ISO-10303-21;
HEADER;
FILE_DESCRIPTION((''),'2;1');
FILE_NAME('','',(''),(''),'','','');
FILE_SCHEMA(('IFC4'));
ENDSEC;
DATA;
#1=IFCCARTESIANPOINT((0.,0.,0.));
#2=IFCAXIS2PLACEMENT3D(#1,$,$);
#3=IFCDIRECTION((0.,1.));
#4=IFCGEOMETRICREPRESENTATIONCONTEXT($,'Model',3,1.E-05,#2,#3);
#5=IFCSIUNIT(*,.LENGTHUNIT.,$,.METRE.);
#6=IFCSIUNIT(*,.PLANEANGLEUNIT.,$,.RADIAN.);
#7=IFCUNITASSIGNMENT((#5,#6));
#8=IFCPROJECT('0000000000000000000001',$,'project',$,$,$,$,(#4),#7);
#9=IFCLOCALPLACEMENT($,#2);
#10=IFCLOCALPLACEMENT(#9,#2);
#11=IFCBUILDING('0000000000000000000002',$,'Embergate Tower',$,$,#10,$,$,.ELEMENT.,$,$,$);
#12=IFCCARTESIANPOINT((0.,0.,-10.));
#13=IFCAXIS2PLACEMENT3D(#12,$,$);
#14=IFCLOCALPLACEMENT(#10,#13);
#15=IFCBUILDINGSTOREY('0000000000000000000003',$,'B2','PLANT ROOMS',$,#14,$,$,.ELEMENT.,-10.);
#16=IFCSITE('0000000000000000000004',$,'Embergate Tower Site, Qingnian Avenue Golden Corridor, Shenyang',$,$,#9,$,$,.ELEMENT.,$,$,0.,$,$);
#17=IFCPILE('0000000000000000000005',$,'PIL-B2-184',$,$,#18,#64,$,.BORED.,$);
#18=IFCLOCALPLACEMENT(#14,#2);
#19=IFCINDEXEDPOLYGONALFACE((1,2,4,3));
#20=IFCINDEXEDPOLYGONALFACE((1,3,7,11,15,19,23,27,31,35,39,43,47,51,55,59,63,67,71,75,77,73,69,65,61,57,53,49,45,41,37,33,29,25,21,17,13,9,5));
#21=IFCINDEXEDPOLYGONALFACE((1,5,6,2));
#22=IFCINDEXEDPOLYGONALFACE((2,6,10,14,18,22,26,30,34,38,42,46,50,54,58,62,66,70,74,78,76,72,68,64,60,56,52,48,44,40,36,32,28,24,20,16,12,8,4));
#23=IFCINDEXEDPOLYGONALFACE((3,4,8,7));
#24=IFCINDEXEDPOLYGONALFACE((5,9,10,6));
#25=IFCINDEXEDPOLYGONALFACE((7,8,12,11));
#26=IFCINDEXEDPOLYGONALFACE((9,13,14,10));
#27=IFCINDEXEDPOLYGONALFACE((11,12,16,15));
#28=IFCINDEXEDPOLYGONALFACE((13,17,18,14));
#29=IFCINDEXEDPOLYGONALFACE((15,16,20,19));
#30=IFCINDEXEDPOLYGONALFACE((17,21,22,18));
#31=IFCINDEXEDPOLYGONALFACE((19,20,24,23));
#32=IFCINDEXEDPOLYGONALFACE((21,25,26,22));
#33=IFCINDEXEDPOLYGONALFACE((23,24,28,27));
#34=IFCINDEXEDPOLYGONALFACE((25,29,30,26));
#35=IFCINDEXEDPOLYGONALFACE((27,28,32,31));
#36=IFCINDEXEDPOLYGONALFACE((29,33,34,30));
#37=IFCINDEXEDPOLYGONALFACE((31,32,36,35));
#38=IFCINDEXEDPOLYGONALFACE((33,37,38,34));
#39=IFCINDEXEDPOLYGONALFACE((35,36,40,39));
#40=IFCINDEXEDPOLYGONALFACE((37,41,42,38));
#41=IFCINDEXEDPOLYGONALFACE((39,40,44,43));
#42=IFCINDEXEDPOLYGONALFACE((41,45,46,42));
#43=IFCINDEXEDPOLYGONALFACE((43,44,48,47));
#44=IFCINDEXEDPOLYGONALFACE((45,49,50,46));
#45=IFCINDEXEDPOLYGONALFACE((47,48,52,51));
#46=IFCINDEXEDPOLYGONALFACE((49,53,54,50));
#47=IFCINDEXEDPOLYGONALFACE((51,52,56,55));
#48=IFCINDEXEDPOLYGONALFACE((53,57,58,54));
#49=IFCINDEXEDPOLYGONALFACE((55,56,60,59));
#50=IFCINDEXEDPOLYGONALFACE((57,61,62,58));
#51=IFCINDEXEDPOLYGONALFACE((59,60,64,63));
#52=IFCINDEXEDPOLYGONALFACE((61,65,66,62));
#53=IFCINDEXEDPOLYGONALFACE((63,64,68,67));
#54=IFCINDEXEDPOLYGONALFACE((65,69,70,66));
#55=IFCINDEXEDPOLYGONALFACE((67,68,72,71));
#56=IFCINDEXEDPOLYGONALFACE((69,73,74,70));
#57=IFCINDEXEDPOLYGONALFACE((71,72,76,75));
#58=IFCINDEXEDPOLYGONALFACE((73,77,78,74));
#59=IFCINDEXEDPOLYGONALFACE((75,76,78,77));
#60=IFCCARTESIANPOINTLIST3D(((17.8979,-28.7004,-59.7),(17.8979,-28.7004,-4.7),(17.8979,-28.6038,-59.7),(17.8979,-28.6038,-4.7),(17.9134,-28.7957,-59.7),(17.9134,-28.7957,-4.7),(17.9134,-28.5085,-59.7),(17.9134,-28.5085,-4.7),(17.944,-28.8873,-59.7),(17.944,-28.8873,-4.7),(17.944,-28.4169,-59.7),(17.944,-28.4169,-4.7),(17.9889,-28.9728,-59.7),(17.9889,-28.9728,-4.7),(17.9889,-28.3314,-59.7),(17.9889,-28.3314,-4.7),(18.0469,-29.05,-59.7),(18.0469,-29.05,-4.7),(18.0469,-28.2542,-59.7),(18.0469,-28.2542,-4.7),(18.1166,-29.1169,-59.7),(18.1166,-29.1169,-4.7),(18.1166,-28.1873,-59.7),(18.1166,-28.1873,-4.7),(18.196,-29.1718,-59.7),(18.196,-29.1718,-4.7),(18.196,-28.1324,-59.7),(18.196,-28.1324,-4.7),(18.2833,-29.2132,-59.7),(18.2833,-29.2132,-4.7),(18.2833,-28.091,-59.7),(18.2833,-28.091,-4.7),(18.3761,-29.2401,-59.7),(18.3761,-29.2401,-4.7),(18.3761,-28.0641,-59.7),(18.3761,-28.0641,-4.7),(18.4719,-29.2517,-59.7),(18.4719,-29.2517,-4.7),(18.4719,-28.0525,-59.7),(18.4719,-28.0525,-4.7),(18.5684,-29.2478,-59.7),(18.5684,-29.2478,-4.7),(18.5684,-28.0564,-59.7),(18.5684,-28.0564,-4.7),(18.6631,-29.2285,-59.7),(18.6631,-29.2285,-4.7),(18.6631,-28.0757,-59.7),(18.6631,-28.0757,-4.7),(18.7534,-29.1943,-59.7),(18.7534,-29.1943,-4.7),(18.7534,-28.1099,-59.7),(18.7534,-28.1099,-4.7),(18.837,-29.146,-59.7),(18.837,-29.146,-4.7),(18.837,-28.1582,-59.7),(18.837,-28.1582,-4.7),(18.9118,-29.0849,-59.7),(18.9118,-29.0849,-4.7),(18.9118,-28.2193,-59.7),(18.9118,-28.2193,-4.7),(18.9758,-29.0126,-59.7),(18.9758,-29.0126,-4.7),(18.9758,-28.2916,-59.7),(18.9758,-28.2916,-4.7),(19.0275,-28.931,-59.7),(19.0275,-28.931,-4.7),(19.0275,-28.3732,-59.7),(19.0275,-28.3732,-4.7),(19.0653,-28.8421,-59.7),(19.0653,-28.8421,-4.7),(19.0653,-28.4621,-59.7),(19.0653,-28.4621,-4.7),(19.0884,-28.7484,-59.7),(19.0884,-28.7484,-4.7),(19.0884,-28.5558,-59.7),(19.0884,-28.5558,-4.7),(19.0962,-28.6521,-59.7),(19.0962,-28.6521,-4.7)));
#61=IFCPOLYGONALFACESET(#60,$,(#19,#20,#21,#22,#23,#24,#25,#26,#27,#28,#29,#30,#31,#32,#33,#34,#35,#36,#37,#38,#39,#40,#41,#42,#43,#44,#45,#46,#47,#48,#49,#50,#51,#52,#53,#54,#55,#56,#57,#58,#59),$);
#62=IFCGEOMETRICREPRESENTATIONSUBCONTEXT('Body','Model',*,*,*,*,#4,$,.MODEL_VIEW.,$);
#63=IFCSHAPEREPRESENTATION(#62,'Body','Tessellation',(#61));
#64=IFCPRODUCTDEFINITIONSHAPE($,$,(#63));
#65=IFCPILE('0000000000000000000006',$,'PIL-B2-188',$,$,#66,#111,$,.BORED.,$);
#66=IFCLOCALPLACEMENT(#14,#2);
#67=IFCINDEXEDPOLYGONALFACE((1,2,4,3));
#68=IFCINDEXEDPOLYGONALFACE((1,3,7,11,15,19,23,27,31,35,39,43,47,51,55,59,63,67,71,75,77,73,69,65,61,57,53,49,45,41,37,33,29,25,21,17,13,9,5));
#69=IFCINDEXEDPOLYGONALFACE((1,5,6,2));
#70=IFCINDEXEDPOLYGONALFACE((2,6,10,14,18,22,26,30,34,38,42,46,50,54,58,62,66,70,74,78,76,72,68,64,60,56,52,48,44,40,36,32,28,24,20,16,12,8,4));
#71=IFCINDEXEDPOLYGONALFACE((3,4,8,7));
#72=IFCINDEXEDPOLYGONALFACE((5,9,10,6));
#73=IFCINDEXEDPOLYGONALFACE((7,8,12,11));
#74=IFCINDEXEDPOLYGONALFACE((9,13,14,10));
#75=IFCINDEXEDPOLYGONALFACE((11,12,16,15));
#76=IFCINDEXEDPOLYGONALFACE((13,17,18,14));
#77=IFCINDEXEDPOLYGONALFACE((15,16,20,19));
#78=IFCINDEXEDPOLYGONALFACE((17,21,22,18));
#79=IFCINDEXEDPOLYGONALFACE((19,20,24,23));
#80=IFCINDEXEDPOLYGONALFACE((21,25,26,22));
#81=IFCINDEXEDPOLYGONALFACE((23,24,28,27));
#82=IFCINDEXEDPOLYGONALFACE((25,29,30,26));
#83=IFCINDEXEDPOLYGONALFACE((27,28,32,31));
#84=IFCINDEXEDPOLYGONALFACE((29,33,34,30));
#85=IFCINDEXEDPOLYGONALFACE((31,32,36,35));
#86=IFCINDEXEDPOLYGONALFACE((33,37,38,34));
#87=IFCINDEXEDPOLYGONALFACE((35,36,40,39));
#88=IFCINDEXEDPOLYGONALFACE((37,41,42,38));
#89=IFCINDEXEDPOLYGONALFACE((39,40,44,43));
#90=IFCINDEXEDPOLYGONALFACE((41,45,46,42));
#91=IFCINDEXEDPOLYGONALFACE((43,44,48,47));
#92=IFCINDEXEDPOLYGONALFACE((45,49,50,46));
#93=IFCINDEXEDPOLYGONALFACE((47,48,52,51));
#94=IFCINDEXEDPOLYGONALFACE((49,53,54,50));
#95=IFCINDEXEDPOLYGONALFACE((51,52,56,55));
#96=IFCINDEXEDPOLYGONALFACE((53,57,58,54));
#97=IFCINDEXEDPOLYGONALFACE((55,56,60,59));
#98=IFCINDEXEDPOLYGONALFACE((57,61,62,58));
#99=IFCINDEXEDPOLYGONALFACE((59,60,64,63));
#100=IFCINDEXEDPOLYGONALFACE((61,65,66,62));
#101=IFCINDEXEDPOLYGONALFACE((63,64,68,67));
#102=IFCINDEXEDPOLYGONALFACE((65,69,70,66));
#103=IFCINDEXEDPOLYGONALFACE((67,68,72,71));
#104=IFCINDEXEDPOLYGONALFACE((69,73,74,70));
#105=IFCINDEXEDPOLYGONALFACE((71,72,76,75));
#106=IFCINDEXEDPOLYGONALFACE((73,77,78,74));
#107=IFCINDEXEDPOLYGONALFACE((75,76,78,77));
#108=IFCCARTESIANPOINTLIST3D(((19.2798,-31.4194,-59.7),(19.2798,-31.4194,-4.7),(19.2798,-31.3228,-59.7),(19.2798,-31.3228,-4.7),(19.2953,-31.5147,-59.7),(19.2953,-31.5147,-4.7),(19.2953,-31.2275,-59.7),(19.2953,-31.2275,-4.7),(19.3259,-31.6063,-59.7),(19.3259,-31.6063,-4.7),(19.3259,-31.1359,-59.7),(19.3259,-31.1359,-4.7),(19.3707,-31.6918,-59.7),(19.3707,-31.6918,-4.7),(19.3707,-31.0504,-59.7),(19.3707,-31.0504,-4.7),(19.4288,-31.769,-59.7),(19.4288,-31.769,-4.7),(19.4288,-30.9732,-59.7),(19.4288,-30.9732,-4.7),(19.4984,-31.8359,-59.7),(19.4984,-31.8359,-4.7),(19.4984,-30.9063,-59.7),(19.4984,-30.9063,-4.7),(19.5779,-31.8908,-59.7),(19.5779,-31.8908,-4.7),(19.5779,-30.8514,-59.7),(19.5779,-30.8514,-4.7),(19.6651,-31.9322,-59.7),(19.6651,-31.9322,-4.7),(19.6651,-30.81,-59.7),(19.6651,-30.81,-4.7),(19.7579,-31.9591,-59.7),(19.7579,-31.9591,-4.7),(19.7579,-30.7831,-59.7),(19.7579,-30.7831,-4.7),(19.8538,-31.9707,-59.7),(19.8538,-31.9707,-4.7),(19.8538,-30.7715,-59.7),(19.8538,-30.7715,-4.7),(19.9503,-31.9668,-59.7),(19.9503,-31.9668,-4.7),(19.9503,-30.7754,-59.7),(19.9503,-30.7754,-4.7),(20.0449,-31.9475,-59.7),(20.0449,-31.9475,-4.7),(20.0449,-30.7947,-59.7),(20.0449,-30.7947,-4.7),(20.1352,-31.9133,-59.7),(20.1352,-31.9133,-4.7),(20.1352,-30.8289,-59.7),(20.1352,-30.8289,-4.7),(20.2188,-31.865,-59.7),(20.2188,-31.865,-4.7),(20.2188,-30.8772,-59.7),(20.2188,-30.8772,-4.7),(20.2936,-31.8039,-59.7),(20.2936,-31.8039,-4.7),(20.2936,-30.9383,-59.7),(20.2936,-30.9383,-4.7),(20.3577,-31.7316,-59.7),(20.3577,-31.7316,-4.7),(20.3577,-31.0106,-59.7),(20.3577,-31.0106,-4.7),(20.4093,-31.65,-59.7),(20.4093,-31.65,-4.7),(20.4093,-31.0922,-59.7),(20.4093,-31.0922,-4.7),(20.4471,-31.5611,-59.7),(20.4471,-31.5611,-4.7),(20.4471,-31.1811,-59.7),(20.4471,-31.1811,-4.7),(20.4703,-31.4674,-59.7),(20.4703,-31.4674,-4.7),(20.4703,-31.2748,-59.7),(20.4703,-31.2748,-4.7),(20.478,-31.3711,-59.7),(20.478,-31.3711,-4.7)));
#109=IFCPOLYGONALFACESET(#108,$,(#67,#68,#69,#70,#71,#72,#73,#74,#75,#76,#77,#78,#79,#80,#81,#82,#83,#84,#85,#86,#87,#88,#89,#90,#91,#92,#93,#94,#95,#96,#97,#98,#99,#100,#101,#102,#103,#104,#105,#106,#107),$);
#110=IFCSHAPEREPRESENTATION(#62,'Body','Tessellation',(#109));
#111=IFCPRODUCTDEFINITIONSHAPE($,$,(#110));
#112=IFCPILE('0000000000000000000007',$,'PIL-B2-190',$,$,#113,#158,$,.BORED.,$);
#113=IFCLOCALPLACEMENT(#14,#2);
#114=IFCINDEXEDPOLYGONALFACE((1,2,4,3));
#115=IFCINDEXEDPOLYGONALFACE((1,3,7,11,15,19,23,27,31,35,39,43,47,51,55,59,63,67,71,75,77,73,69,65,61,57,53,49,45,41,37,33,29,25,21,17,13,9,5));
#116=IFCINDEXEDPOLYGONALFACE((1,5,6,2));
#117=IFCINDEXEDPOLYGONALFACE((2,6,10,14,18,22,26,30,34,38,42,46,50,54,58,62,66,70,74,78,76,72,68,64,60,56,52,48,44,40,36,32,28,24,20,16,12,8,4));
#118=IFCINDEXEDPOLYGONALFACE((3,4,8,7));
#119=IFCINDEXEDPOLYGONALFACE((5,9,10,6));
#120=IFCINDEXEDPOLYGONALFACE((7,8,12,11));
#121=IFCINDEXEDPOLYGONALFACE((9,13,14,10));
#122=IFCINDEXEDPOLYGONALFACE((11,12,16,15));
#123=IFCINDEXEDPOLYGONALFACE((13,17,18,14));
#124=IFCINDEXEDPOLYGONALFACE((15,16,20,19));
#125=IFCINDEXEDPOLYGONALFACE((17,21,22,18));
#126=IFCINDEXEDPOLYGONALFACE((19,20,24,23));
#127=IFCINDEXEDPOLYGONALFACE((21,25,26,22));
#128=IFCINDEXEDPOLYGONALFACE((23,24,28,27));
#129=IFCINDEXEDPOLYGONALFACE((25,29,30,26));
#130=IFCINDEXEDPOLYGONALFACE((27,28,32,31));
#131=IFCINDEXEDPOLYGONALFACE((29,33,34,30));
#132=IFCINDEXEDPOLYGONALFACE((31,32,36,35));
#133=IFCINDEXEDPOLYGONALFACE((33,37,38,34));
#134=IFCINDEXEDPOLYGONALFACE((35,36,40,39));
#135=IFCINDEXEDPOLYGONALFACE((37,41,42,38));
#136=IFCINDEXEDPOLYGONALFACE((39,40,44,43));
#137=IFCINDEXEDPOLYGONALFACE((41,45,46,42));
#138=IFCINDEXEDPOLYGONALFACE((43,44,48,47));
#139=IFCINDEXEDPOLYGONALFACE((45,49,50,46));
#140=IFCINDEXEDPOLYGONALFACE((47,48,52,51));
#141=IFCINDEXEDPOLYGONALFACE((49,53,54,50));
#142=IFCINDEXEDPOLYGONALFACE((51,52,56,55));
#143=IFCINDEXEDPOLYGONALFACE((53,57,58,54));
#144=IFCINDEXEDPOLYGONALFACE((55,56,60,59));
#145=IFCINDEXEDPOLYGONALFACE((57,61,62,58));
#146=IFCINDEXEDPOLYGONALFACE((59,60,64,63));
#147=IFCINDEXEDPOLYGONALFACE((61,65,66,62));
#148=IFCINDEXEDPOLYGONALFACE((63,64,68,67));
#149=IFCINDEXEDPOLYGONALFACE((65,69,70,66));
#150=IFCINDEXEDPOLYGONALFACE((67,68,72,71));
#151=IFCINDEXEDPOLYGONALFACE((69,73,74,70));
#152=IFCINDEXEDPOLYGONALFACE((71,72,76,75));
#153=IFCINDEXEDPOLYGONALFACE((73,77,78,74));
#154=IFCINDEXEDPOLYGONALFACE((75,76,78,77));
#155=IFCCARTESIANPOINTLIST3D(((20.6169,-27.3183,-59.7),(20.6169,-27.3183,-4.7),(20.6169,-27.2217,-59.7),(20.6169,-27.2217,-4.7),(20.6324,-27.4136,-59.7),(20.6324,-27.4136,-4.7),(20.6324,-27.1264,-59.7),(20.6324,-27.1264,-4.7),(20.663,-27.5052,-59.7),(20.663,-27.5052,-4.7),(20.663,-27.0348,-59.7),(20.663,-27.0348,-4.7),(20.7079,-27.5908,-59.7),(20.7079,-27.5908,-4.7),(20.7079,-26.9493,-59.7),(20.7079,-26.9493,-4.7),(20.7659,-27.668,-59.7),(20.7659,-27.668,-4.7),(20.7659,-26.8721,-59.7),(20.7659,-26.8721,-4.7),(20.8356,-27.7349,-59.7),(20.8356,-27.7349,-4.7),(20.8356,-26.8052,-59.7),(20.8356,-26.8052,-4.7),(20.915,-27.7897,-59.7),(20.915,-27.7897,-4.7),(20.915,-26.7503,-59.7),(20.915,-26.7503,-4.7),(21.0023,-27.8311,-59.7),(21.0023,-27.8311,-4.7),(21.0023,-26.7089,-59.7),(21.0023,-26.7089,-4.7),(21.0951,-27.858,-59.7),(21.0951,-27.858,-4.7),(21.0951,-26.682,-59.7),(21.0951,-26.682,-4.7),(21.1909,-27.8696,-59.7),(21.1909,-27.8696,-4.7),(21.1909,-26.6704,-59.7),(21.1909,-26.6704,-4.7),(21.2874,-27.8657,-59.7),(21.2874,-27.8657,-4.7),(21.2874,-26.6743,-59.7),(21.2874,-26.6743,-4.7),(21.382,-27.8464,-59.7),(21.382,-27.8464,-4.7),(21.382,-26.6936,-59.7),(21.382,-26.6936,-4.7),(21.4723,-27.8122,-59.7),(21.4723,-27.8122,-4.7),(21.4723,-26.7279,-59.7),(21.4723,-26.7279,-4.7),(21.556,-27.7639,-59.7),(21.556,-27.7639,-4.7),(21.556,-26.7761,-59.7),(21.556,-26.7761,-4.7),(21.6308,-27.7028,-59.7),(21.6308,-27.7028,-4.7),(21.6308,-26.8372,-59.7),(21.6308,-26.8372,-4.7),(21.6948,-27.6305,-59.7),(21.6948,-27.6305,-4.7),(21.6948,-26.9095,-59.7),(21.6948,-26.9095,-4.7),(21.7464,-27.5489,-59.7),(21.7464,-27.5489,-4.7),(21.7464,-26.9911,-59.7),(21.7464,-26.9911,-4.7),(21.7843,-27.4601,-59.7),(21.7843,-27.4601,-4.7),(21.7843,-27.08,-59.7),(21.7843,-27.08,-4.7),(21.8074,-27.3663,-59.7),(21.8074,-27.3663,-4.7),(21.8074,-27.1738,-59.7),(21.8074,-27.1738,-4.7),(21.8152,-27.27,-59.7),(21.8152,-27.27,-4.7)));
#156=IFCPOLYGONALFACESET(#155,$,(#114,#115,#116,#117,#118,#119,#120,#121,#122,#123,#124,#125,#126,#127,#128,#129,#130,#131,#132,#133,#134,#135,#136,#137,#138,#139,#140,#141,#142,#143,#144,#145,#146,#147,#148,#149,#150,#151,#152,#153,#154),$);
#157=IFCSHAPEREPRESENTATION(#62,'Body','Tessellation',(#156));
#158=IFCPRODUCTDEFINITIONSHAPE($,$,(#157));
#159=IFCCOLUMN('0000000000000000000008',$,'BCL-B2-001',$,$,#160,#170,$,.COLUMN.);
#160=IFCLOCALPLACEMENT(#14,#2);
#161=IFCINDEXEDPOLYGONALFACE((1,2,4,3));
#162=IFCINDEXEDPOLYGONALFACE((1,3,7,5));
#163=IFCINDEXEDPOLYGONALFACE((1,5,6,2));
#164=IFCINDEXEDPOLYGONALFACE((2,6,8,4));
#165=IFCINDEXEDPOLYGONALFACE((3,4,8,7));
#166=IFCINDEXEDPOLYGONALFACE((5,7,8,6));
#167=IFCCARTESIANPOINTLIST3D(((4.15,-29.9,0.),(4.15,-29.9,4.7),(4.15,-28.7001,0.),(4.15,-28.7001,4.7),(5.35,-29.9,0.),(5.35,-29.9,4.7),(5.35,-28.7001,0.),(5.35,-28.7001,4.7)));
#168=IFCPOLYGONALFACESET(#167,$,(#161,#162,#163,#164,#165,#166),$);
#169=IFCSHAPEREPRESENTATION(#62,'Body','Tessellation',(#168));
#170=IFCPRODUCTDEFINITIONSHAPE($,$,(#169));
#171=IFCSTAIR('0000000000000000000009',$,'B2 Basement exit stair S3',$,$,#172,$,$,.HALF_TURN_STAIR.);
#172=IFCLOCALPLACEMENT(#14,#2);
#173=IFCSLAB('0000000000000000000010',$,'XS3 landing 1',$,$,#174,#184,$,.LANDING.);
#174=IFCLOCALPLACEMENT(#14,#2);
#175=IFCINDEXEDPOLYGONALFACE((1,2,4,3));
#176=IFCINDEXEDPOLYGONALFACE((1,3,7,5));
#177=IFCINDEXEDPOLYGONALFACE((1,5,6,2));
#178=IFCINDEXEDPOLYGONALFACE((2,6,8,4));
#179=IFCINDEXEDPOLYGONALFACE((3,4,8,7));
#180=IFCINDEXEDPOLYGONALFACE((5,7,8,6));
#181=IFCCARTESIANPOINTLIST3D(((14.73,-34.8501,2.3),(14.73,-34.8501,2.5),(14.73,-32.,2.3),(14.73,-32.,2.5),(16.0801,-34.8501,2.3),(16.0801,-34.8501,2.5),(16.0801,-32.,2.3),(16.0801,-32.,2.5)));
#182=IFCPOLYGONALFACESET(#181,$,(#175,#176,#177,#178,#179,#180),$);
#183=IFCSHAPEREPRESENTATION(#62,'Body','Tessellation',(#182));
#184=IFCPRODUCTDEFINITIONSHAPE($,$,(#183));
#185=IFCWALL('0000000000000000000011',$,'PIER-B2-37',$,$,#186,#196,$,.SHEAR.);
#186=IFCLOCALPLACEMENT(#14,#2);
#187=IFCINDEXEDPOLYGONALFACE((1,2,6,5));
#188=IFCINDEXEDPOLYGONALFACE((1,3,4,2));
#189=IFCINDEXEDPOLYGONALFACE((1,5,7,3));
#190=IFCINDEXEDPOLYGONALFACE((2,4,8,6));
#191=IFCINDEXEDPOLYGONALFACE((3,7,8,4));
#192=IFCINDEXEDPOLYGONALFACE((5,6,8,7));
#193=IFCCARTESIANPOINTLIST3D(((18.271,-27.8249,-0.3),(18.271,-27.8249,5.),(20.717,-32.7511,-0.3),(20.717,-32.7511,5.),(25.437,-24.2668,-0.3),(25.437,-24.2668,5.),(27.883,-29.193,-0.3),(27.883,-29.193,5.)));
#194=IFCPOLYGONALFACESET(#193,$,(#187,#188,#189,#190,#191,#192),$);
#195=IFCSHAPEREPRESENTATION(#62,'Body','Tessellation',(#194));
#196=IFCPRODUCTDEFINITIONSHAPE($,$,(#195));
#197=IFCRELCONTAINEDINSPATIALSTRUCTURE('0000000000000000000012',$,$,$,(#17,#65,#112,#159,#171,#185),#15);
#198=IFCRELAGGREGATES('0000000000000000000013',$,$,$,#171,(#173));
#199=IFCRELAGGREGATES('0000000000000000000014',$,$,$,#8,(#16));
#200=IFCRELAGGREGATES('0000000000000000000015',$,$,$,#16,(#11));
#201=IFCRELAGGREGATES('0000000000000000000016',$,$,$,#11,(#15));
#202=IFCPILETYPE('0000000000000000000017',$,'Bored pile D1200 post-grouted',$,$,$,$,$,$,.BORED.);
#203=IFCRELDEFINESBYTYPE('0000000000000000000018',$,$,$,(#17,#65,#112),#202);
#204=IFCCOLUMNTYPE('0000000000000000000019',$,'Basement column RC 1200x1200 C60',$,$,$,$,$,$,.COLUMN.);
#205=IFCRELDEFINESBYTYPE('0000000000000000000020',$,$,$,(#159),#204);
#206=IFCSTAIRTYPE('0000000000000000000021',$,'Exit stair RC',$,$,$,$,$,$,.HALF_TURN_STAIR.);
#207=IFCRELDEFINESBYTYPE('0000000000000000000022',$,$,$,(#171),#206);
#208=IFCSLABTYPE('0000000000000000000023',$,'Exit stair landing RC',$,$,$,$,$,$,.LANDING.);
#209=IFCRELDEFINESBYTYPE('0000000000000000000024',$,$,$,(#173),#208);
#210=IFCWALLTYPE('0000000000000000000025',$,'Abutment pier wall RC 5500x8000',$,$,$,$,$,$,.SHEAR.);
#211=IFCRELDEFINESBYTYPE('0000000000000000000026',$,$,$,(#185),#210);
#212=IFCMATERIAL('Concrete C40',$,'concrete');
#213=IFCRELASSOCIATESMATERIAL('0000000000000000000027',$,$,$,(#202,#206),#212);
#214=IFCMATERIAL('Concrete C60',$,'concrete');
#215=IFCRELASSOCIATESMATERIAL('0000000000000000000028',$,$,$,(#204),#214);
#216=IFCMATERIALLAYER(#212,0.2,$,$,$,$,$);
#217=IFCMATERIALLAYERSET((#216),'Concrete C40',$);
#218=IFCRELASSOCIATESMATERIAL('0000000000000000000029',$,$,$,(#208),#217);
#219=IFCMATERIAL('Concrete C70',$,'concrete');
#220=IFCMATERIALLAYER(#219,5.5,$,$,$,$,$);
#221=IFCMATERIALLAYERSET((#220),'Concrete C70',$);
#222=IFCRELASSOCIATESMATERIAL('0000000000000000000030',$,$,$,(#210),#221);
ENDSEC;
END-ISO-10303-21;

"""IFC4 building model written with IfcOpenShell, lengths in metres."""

from ifc_helpers import new_model, si_unit, direction, frame, frame_2d, origin, origin_2d, place, context, subcontext, project, spatial, polyline, rectangle, circle, outline, extrude, source, transform, mapped, material, layer, layer_set, material_profile, profile_set, type_object, element, aggregate, save


model = new_model("IFC4")

# Units and contexts
model_context = context("Model", 3, precision=1e-05, world=origin(), true_north=direction((0.0, 1.0)))
body_context = subcontext(model_context, "Body", "Model", "MODEL_VIEW")
ifc_project = project(units=[si_unit("LENGTHUNIT", "METRE"), si_unit("PLANEANGLEUNIT", "RADIAN")], contexts=[model_context])

# Site, building, storey
site_placement = place(None, origin())
site = spatial("IfcSite", under=ifc_project, at=site_placement, Name="Embergate Tower Site, Qingnian Avenue Golden Corridor, Shenyang", CompositionType="ELEMENT", RefElevation=0.0)
building_placement = place(site_placement, origin())
building = spatial("IfcBuilding", under=site, at=building_placement, Name="Embergate Tower", CompositionType="ELEMENT")
storey_placement = place(building_placement, frame((0.0, 0.0, -10.0)))
storey = spatial("IfcBuildingStorey", under=building, at=storey_placement, Name="B2", Description="PLANT ROOMS", CompositionType="ELEMENT", Elevation=-10.0)

# Piles
ifc_material_1 = material(Name="Concrete C40", Category="concrete")
ifc_material_profile_1 = material_profile(ifc_material_1, circle(Radius=0.6001, at=origin_2d()), Name="D1200")
ifc_profile_set_1 = profile_set([ifc_material_profile_1], Name="Concrete C40")
pile_type = type_object("IfcPileType", Name="Bored pile D1200 post-grouted", PredefinedType="BORED", material=ifc_profile_set_1)
shared_shape_1 = source(origin(), body_context, "Body", "SweptSolid", [
    extrude(circle(Radius=0.6001, at=origin_2d()), origin(), (0.0, 0.0, 1.0), 55.0),
])
for number, where, z_axis, x_axis, name in (
    (1, (18.4961, -28.6521, -4.7), (0.0, 0.0, -1.0), (1.0, 0.0, 0.0), "PIL-B2-184"),
    (2, (19.8779, -31.3711, -4.7), (0.0, 0.0, -1.0), (1.0, 0.0, 0.0), "PIL-B2-188"),
    (3, (21.2151, -27.27, -4.7), (0.0, 0.0, -1.0), (1.0, 0.0, 0.0), "PIL-B2-190"),
):
    element("IfcPile", number, at=place(storey_placement, frame(where, z_axis=z_axis, x_axis=x_axis)), inside=storey, type_object=pile_type, Name=name, PredefinedType="BORED", context=body_context, shape_type="MappedRepresentation", body=[
        mapped(shared_shape_1, transform((0.0, 0.0, 0.0))),
    ])

# Column
ifc_material_2 = material(Name="Concrete C60", Category="concrete")
ifc_material_profile_2 = material_profile(ifc_material_2, rectangle(XDim=1.2, YDim=1.2, at=origin_2d()), Name="RC 1200x1200")
ifc_profile_set_2 = profile_set([ifc_material_profile_2], Name="Concrete C60")
column_type = type_object("IfcColumnType", Name="Basement column RC 1200x1200 C60", PredefinedType="COLUMN", material=ifc_profile_set_2)
shared_shape_2 = source(origin(), body_context, "Body", "SweptSolid", [
    extrude(rectangle(XDim=1.2, YDim=1.2, at=origin_2d()), origin(), (0.0, 0.0, 1.0), 4.7),
])
column_placement = place(storey_placement, frame((4.75, -29.3, 0.0), z_axis=(0.0, 0.0, 1.0), x_axis=(1.0, 0.0, 0.0)))
element("IfcColumn", 4, at=column_placement, inside=storey, type_object=column_type, Name="BCL-B2-001", PredefinedType="COLUMN", context=body_context, shape_type="MappedRepresentation", body=[
    mapped(shared_shape_2, transform((0.0, 0.0, 0.0))),
])

# Stair, slab
stair_type = type_object("IfcStairType", Name="Exit stair RC", PredefinedType="HALF_TURN_STAIR", material=ifc_material_1)
stair_placement = place(storey_placement, origin())
stair = element("IfcStair", 5, at=stair_placement, inside=storey, type_object=stair_type, Name="B2 Basement exit stair S3", PredefinedType="HALF_TURN_STAIR")
ifc_layer_1 = layer(ifc_material_1, 0.2)
ifc_layer_set_1 = layer_set([ifc_layer_1], Name="Concrete C40")
slab_type = type_object("IfcSlabType", Name="Exit stair landing RC", PredefinedType="LANDING", material=ifc_layer_set_1)
shared_shape_3 = source(origin(), body_context, "Body", "SweptSolid", [
    extrude(outline(polyline([(0.0, 0.0), (1.3501, 0.0), (1.3501, 2.8501), (0.0, 2.8501), (0.0, 0.0)])), origin(), (0.0, 0.0, 1.0), 0.2),
])
slab_placement = place(storey_placement, frame((14.73, -34.8501, 2.3)))
slab = element("IfcSlab", 6, at=slab_placement, type_object=slab_type, Name="XS3 landing 1", PredefinedType="LANDING", context=body_context, shape_type="MappedRepresentation", body=[
    mapped(shared_shape_3, transform((0.0, 0.0, 0.0))),
])

# Wall
ifc_material_3 = material(Name="Concrete C70", Category="concrete")
ifc_layer_2 = layer(ifc_material_3, 5.5)
ifc_layer_set_2 = layer_set([ifc_layer_2], Name="Concrete C70")
wall_type_1 = type_object("IfcWallType", Name="Abutment pier wall RC 5500x8000", PredefinedType="SHEAR", material=ifc_layer_set_2)
shared_shape_4 = source(origin(), body_context, "Body", "SweptSolid", [
    extrude(rectangle(XDim=8.0007, YDim=5.5, at=frame_2d((4.0005, 0.0))), origin(), (0.0, 0.0, 1.0), 5.3),
])
wall_1_placement = place(storey_placement, frame((19.4939, -30.2881, -0.3), z_axis=(0.0, 0.0, 1.0), x_axis=(0.895669, 0.444722, 0.0)))
element("IfcWall", 7, at=wall_1_placement, inside=storey, type_object=wall_type_1, Name="PIER-B2-37", PredefinedType="SHEAR", context=body_context, shape_type="MappedRepresentation", body=[
    mapped(shared_shape_4, transform((0.0, 0.0, 0.0))),
])

aggregate(stair, [slab])

save(model, "model.ifc")
